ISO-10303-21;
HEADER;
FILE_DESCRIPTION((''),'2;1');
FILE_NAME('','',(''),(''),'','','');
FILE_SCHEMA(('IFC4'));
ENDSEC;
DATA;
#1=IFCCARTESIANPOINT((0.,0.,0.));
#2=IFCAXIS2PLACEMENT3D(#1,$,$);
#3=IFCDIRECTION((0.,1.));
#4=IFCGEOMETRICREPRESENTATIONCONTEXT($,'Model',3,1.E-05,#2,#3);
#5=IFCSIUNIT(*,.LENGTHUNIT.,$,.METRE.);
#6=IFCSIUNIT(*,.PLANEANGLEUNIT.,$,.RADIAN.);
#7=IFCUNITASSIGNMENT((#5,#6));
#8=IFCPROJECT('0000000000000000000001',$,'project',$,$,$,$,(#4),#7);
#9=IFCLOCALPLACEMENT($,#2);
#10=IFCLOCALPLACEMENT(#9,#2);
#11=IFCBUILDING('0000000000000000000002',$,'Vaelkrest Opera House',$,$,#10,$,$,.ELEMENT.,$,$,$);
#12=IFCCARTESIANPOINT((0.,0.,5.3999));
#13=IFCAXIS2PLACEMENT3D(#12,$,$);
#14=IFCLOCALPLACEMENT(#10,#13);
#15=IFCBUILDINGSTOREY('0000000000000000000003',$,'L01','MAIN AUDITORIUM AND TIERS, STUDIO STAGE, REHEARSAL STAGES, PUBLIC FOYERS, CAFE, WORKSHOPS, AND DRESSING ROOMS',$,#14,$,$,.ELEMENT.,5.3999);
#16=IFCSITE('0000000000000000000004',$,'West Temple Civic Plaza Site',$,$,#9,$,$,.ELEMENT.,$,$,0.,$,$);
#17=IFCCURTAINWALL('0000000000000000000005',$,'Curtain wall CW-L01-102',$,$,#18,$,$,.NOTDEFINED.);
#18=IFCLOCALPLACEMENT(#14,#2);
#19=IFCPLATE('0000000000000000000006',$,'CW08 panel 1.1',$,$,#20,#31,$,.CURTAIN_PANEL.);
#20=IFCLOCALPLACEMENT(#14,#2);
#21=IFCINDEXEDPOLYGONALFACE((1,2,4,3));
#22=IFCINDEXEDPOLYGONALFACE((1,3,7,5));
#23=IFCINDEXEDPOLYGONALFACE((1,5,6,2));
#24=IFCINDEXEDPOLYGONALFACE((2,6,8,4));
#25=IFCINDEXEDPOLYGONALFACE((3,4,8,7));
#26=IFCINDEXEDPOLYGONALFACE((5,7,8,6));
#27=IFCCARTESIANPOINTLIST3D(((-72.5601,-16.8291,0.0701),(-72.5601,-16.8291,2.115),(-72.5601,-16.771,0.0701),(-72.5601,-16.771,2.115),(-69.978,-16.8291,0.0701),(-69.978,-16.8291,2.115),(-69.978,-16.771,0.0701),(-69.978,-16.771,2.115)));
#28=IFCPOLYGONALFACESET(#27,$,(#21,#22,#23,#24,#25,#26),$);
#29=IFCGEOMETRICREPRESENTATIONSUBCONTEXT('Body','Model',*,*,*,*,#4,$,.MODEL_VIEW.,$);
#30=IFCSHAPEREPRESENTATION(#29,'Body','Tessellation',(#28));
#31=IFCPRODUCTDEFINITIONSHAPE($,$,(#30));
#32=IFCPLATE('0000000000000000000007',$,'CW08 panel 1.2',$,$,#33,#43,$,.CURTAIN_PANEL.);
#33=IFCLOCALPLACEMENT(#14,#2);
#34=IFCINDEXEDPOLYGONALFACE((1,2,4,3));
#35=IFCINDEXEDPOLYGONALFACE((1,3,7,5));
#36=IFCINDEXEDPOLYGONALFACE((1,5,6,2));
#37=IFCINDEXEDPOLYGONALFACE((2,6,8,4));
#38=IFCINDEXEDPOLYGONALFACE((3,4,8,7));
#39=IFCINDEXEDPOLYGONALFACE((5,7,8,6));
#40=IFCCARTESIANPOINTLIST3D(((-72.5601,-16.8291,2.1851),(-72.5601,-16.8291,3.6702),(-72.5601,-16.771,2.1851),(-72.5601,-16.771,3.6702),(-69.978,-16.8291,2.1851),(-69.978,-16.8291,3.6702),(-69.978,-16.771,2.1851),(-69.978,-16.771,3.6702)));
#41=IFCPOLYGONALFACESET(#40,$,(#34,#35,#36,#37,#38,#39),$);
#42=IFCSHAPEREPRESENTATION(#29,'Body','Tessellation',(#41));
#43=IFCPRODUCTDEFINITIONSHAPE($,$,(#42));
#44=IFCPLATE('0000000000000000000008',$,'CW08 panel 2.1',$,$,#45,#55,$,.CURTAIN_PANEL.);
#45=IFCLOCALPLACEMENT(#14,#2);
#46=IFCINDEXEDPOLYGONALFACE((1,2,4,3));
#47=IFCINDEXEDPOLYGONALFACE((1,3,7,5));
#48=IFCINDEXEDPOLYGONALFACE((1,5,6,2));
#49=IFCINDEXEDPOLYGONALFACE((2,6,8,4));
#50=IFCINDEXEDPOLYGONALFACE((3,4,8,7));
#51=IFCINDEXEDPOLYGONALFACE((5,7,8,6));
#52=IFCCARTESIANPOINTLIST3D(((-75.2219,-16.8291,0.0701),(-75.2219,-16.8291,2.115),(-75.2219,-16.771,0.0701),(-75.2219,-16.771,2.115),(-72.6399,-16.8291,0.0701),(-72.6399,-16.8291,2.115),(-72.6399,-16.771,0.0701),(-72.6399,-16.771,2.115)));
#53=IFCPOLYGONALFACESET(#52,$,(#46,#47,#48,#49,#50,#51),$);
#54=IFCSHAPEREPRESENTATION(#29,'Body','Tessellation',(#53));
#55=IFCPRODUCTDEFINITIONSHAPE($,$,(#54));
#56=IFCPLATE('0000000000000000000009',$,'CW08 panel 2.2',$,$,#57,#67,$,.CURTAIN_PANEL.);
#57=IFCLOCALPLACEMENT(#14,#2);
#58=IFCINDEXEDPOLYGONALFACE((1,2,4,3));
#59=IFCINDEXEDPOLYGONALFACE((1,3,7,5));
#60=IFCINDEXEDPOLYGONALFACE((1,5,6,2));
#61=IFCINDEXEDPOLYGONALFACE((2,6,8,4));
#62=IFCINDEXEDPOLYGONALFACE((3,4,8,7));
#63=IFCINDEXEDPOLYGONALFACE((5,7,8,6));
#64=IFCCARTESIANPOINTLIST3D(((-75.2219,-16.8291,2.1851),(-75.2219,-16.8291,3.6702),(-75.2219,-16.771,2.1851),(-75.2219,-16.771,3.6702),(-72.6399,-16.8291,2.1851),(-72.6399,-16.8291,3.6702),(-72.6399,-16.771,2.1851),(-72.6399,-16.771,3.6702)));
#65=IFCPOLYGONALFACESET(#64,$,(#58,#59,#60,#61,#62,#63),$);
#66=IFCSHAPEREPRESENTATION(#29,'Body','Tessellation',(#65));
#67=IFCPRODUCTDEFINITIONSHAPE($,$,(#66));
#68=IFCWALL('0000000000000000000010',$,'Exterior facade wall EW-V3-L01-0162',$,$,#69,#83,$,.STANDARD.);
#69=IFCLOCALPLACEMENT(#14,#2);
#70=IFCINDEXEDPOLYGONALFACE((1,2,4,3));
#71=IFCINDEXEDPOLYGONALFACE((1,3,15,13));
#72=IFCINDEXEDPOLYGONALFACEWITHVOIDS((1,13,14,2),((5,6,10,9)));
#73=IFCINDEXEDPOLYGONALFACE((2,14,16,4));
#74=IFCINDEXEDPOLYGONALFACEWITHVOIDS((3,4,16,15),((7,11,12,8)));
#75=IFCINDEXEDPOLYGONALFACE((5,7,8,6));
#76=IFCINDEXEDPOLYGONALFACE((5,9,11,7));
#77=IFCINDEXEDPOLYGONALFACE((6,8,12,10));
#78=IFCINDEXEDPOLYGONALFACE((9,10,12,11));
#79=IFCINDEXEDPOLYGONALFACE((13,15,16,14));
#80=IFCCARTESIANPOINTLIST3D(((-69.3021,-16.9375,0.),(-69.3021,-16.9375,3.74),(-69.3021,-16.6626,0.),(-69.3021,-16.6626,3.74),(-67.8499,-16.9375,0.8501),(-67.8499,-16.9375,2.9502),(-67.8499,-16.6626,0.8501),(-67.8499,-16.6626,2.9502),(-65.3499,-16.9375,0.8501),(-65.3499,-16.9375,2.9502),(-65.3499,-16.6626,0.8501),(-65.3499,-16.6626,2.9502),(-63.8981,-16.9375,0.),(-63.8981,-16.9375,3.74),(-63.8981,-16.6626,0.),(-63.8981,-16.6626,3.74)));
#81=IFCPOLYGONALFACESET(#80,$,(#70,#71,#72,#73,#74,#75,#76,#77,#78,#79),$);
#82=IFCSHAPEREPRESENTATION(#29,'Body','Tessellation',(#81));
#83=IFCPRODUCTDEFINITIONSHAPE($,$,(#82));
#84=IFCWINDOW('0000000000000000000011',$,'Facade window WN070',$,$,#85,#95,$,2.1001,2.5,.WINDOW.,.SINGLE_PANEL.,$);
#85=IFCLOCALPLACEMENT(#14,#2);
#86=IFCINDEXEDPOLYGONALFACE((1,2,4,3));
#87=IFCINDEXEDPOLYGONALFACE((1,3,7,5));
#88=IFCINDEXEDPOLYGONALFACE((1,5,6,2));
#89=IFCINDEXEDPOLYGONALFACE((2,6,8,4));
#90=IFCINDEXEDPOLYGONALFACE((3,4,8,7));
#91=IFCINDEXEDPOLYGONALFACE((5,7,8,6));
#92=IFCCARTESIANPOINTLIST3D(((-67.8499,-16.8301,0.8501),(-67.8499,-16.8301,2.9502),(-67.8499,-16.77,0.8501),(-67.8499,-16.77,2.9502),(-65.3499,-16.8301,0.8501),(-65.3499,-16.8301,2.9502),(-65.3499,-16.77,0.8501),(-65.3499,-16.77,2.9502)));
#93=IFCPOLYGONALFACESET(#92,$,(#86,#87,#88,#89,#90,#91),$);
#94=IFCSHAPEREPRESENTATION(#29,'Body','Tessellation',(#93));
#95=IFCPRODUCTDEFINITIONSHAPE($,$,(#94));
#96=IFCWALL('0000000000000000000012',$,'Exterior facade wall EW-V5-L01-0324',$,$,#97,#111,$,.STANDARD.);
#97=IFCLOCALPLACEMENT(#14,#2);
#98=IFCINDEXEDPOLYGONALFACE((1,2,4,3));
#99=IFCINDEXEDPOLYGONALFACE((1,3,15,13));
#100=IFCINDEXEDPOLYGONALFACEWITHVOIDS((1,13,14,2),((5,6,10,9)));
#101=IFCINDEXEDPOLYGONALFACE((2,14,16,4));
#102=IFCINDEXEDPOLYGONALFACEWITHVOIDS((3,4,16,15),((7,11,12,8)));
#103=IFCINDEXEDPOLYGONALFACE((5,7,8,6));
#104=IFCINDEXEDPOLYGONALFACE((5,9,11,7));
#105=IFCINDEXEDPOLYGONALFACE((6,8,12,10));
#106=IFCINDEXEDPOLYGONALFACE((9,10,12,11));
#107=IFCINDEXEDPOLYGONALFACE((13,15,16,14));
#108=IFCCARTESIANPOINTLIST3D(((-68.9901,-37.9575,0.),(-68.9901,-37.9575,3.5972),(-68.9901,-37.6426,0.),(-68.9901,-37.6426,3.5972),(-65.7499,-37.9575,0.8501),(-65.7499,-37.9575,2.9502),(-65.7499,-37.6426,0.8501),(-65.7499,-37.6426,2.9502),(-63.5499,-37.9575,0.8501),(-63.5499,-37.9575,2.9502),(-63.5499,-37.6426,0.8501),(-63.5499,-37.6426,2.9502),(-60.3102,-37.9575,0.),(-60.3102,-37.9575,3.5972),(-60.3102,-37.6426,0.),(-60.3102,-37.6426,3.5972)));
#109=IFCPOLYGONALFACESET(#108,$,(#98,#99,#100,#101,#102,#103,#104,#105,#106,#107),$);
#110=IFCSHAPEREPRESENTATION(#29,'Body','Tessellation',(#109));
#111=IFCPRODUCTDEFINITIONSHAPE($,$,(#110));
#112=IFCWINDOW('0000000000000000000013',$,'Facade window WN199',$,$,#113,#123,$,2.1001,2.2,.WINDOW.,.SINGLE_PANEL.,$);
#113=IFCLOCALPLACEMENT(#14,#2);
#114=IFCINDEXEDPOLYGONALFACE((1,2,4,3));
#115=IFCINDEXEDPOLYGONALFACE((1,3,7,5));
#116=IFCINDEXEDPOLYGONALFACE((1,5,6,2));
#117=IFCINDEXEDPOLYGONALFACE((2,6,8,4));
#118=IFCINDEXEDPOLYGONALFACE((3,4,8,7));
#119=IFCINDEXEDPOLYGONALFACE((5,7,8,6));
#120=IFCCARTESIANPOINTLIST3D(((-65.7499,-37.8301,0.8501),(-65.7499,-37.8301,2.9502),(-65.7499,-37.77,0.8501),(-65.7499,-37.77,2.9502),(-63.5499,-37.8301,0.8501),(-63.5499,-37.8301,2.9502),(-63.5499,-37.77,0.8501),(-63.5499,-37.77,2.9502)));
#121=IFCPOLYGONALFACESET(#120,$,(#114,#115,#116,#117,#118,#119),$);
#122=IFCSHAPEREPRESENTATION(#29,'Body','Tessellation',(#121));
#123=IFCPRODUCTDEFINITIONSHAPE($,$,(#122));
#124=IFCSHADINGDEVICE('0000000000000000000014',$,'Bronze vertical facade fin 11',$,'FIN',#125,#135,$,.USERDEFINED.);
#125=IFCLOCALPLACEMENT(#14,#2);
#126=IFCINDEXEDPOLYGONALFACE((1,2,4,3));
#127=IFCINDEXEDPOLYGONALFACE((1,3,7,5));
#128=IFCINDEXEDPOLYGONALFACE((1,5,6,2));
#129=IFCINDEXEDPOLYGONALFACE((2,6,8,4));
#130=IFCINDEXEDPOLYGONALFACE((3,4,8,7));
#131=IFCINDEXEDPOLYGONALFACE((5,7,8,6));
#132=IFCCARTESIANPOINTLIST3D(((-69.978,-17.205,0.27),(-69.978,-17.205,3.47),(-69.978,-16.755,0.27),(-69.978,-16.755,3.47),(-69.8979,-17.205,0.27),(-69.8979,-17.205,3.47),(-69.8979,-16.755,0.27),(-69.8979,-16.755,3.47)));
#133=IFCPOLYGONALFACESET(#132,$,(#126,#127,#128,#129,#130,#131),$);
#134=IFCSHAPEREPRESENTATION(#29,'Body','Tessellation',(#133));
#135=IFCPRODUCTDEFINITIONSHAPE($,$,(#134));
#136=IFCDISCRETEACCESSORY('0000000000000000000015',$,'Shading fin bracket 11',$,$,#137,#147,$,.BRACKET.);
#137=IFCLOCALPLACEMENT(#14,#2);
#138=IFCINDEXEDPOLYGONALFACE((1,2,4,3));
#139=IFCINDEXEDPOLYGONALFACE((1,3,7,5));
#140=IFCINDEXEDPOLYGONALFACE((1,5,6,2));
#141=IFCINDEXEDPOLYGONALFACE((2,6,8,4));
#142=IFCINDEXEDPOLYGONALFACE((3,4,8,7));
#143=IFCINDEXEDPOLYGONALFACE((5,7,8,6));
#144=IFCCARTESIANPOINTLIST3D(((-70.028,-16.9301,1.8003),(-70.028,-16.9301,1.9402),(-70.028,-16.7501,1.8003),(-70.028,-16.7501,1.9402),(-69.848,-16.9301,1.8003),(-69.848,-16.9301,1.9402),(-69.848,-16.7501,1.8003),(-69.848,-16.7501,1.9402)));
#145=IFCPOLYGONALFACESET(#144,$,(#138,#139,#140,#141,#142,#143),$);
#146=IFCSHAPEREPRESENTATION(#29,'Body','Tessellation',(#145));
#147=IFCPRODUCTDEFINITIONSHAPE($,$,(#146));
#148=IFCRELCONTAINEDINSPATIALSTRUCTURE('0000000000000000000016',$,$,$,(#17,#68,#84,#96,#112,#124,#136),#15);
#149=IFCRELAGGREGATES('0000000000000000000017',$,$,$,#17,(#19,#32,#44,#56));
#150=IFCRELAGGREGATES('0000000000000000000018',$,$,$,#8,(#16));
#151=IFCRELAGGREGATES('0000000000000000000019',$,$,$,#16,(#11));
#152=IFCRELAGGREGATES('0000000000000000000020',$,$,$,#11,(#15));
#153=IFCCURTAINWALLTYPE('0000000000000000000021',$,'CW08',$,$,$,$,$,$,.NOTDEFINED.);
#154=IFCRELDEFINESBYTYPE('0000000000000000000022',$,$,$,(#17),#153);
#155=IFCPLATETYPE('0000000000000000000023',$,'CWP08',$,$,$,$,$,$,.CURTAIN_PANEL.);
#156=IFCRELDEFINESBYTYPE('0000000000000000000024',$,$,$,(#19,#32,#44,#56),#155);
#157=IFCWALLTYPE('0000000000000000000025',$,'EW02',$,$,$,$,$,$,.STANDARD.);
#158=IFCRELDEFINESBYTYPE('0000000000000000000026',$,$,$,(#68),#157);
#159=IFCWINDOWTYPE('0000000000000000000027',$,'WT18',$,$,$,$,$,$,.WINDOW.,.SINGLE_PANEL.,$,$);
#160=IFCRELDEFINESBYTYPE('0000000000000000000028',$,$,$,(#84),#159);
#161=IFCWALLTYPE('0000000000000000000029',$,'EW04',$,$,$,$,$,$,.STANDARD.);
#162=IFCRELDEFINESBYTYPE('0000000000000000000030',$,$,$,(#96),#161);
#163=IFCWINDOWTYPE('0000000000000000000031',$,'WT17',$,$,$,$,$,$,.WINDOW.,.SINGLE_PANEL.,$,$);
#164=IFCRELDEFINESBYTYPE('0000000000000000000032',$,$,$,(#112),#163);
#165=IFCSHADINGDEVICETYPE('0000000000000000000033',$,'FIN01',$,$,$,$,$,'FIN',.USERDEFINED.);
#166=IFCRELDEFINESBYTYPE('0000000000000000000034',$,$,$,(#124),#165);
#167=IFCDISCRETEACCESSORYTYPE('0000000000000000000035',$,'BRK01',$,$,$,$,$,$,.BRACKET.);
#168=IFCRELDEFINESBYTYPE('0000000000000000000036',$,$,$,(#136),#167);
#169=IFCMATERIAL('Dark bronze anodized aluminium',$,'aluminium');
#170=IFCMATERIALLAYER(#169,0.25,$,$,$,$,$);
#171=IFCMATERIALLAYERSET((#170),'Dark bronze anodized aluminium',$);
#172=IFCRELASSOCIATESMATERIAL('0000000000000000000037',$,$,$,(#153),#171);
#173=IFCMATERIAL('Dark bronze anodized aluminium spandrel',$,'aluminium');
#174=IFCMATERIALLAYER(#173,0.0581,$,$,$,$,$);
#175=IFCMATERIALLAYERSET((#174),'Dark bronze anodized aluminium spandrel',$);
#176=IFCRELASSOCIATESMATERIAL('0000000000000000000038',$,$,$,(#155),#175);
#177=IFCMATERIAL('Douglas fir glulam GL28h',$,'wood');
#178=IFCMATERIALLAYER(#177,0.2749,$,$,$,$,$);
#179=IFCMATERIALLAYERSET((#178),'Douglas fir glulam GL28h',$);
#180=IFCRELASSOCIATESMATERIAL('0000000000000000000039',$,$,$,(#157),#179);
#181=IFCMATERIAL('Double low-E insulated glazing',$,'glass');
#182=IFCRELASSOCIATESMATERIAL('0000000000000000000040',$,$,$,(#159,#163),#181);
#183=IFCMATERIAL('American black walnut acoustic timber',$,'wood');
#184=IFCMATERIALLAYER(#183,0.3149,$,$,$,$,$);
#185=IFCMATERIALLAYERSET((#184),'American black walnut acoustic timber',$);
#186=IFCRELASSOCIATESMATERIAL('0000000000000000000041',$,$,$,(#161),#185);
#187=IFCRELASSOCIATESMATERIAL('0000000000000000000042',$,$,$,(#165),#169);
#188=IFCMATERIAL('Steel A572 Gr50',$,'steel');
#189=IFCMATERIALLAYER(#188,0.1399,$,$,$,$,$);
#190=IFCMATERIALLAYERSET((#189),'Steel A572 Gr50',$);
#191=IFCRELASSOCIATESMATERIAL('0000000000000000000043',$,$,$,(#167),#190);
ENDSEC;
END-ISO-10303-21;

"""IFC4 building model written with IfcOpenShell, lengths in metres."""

from ifc_helpers import new_model, si_unit, direction, frame, frame_2d, origin, origin_2d, place, context, subcontext, project, spatial, rectangle, extrude, material, layer, layer_set, type_object, element, fill, aggregate, save


model = new_model("IFC4")

# Units and contexts
model_context = context("Model", 3, precision=1e-05, world=origin(), true_north=direction((0.0, 1.0)))
body_context = subcontext(model_context, "Body", "Model", "MODEL_VIEW")
ifc_project = project(units=[si_unit("LENGTHUNIT", "METRE"), si_unit("PLANEANGLEUNIT", "RADIAN")], contexts=[model_context])

# Site, building, storey
site_placement = place(None, origin())
site = spatial("IfcSite", under=ifc_project, at=site_placement, Name="West Temple Civic Plaza Site", CompositionType="ELEMENT", RefElevation=0.0)
building_placement = place(site_placement, origin())
building = spatial("IfcBuilding", under=site, at=building_placement, Name="Vaelkrest Opera House", CompositionType="ELEMENT")
storey_placement = place(building_placement, frame((0.0, 0.0, 5.3999)))
storey = spatial("IfcBuildingStorey", under=building, at=storey_placement, Name="L01", Description="MAIN AUDITORIUM AND TIERS, STUDIO STAGE, REHEARSAL STAGES, PUBLIC FOYERS, CAFE, WORKSHOPS, AND DRESSING ROOMS", CompositionType="ELEMENT", Elevation=5.3999)

# Shared definitions
ifc_material_1 = material(Name="Dark bronze anodized aluminium", Category="aluminium")

# Curtain wall
ifc_layer_1 = layer(ifc_material_1, 0.25)
ifc_layer_set_1 = layer_set([ifc_layer_1], Name="Dark bronze anodized aluminium")
curtain_wall_type_1 = type_object("IfcCurtainWallType", Name="CW08", PredefinedType="NOTDEFINED", material=ifc_layer_set_1)
curtain_wall_1_placement = place(storey_placement, origin())
curtain_wall_1 = element("IfcCurtainWall", 1, at=curtain_wall_1_placement, inside=storey, type_object=curtain_wall_type_1, Name="Curtain wall CW-L01-102", PredefinedType="NOTDEFINED")

# Plates
ifc_material_2 = material(Name="Dark bronze anodized aluminium spandrel", Category="aluminium")
ifc_layer_2 = layer(ifc_material_2, 0.0581)
ifc_layer_set_2 = layer_set([ifc_layer_2], Name="Dark bronze anodized aluminium spandrel")
plate_type_1 = type_object("IfcPlateType", Name="CWP08", PredefinedType="CURTAIN_PANEL", material=ifc_layer_set_2)
plate_1_placement = place(storey_placement, frame((-71.269, -16.8, 0.0701), z_axis=(0.0, 0.0, 1.0), x_axis=(-1.0, 0.0, 0.0)))
plate_1 = element("IfcPlate", 2, at=plate_1_placement, type_object=plate_type_1, Name="CW08 panel 1.1", PredefinedType="CURTAIN_PANEL", context=body_context, shape_type="SweptSolid", body=[
    extrude(rectangle(XDim=2.582, YDim=0.0581, at=origin_2d()), origin(), (0.0, 0.0, 1.0), 2.0449),
])
plate_2_placement = place(storey_placement, frame((-71.269, -16.8, 2.1851), z_axis=(0.0, 0.0, 1.0), x_axis=(-1.0, 0.0, 0.0)))
plate_2 = element("IfcPlate", 3, at=plate_2_placement, type_object=plate_type_1, Name="CW08 panel 1.2", PredefinedType="CURTAIN_PANEL", context=body_context, shape_type="SweptSolid", body=[
    extrude(rectangle(XDim=2.582, YDim=0.0581, at=origin_2d()), origin(), (0.0, 0.0, 1.0), 1.4851),
])
plate_3_placement = place(storey_placement, frame((-73.9309, -16.8, 0.0701), z_axis=(0.0, 0.0, 1.0), x_axis=(-1.0, 0.0, 0.0)))
plate_3 = element("IfcPlate", 4, at=plate_3_placement, type_object=plate_type_1, Name="CW08 panel 2.1", PredefinedType="CURTAIN_PANEL", context=body_context, shape_type="SweptSolid", body=[
    extrude(rectangle(XDim=2.582, YDim=0.0581, at=origin_2d()), origin(), (0.0, 0.0, 1.0), 2.0449),
])
plate_4_placement = place(storey_placement, frame((-73.9309, -16.8, 2.1851), z_axis=(0.0, 0.0, 1.0), x_axis=(-1.0, 0.0, 0.0)))
plate_4 = element("IfcPlate", 5, at=plate_4_placement, type_object=plate_type_1, Name="CW08 panel 2.2", PredefinedType="CURTAIN_PANEL", context=body_context, shape_type="SweptSolid", body=[
    extrude(rectangle(XDim=2.582, YDim=0.0581, at=origin_2d()), origin(), (0.0, 0.0, 1.0), 1.4851),
])
aggregate(curtain_wall_1, [plate_1, plate_2, plate_3, plate_4])

# Walls, openings, windows
ifc_material_3 = material(Name="Douglas fir glulam GL28h", Category="wood")
ifc_layer_3 = layer(ifc_material_3, 0.2749)
ifc_layer_set_3 = layer_set([ifc_layer_3], Name="Douglas fir glulam GL28h")
wall_type_1 = type_object("IfcWallType", Name="EW02", PredefinedType="STANDARD", material=ifc_layer_set_3)
wall_1_placement = place(storey_placement, frame((-63.8979, -16.8, 0.0), z_axis=(0.0, 0.0, 1.0), x_axis=(-1.0, 0.0, 0.0)))
wall_1 = element("IfcWall", 6, at=wall_1_placement, inside=storey, type_object=wall_type_1, Name="Exterior facade wall EW-V3-L01-0162", PredefinedType="STANDARD", context=body_context, shape_type="SweptSolid", body=[
    extrude(rectangle(XDim=5.4041, YDim=0.2749, at=frame_2d((2.7021, 0.0))), origin(), (0.0, 0.0, 1.0), 3.74),
])
opening_1_placement = place(wall_1_placement, frame((1.4519, 0.0, 0.8501)))
opening_1 = element("IfcOpeningElement", 7, at=opening_1_placement, cuts=wall_1, PredefinedType="OPENING", context=body_context, shape_type="SweptSolid", body=[
    extrude(rectangle(XDim=2.5, YDim=2.1001, at=frame_2d((1.25, 1.05))), frame((0.0, 0.1475, 0.0), z_axis=(0.0, -1.0, 0.0), x_axis=(1.0, 0.0, 0.0)), (0.0, 0.0, 1.0), 0.2949),
])
ifc_material_4 = material(Name="Double low-E insulated glazing", Category="glass")
window_type_1 = type_object("IfcWindowType", Name="WT18", PartitioningType="SINGLE_PANEL", PredefinedType="WINDOW", material=ifc_material_4)
window_1_placement = place(opening_1_placement, origin())
window_1 = element("IfcWindow", 8, at=window_1_placement, inside=storey, type_object=window_type_1, Name="Facade window WN070", OverallHeight=2.1001, OverallWidth=2.5, PartitioningType="SINGLE_PANEL", PredefinedType="WINDOW", context=body_context, shape_type="SweptSolid", body=[
    extrude(rectangle(XDim=2.5, YDim=2.1001, at=frame_2d((1.25, 1.05))), frame((0.0, 0.03, 0.0), z_axis=(0.0, -1.0, 0.0), x_axis=(1.0, 0.0, 0.0)), (0.0, 0.0, 1.0), 0.0601),
])
fill(opening_1, window_1)
ifc_material_5 = material(Name="American black walnut acoustic timber", Category="wood")
ifc_layer_4 = layer(ifc_material_5, 0.3149)
ifc_layer_set_4 = layer_set([ifc_layer_4], Name="American black walnut acoustic timber")
wall_type_2 = type_object("IfcWallType", Name="EW04", PredefinedType="STANDARD", material=ifc_layer_set_4)
wall_2_placement = place(storey_placement, frame((-68.99, -37.8, 0.0), z_axis=(0.0, 0.0, 1.0), x_axis=(1.0, 0.0, 0.0)))
wall_2 = element("IfcWall", 9, at=wall_2_placement, inside=storey, type_object=wall_type_2, Name="Exterior facade wall EW-V5-L01-0324", PredefinedType="STANDARD", context=body_context, shape_type="SweptSolid", body=[
    extrude(rectangle(XDim=8.6799, YDim=0.3149, at=frame_2d((4.3398, 0.0))), origin(), (0.0, 0.0, 1.0), 3.5972),
])
opening_2_placement = place(wall_2_placement, frame((3.24, 0.0, 0.8501)))
opening_2 = element("IfcOpeningElement", 10, at=opening_2_placement, cuts=wall_2, PredefinedType="OPENING", context=body_context, shape_type="SweptSolid", body=[
    extrude(rectangle(XDim=2.2, YDim=2.1001, at=frame_2d((1.1001, 1.05))), frame((0.0, 0.1675, 0.0), z_axis=(0.0, -1.0, 0.0), x_axis=(1.0, 0.0, 0.0)), (0.0, 0.0, 1.0), 0.335),
])
window_type_2 = type_object("IfcWindowType", Name="WT17", PartitioningType="SINGLE_PANEL", PredefinedType="WINDOW", material=ifc_material_4)
window_2_placement = place(opening_2_placement, origin())
window_2 = element("IfcWindow", 11, at=window_2_placement, inside=storey, type_object=window_type_2, Name="Facade window WN199", OverallHeight=2.1001, OverallWidth=2.2, PartitioningType="SINGLE_PANEL", PredefinedType="WINDOW", context=body_context, shape_type="SweptSolid", body=[
    extrude(rectangle(XDim=2.2, YDim=2.1001, at=frame_2d((1.1001, 1.05))), frame((0.0, 0.03, 0.0), z_axis=(0.0, -1.0, 0.0), x_axis=(1.0, 0.0, 0.0)), (0.0, 0.0, 1.0), 0.0601),
])
fill(opening_2, window_2)

# Shading device
shading_device_type = type_object("IfcShadingDeviceType", Name="FIN01", ElementType="FIN", PredefinedType="USERDEFINED", material=ifc_material_1)
shading_device_placement = place(storey_placement, frame((-69.938, -16.98, 0.27), z_axis=(0.0, 0.0, 1.0), x_axis=(0.0, -1.0, 0.0)))
element("IfcShadingDevice", 12, at=shading_device_placement, inside=storey, type_object=shading_device_type, Name="Bronze vertical facade fin 11", ObjectType="FIN", PredefinedType="USERDEFINED", context=body_context, shape_type="SweptSolid", body=[
    extrude(rectangle(XDim=0.45, YDim=0.0801, at=origin_2d()), origin(), (0.0, 0.0, 1.0), 3.2),
])

# Discrete accessory
ifc_material_6 = material(Name="Steel A572 Gr50", Category="steel")
ifc_layer_5 = layer(ifc_material_6, 0.1399)
ifc_layer_set_5 = layer_set([ifc_layer_5], Name="Steel A572 Gr50")
discrete_accessory_type = type_object("IfcDiscreteAccessoryType", Name="BRK01", PredefinedType="BRACKET", material=ifc_layer_set_5)
discrete_accessory_placement = place(storey_placement, frame((-69.938, -16.8401, 1.8003), z_axis=(0.0, 0.0, 1.0), x_axis=(0.0, -1.0, 0.0)))
element("IfcDiscreteAccessory", 13, at=discrete_accessory_placement, inside=storey, type_object=discrete_accessory_type, Name="Shading fin bracket 11", PredefinedType="BRACKET", context=body_context, shape_type="SweptSolid", body=[
    extrude(rectangle(XDim=0.1799, YDim=0.1799, at=origin_2d()), origin(), (0.0, 0.0, 1.0), 0.1399),
])

save(model, "model.ifc")
